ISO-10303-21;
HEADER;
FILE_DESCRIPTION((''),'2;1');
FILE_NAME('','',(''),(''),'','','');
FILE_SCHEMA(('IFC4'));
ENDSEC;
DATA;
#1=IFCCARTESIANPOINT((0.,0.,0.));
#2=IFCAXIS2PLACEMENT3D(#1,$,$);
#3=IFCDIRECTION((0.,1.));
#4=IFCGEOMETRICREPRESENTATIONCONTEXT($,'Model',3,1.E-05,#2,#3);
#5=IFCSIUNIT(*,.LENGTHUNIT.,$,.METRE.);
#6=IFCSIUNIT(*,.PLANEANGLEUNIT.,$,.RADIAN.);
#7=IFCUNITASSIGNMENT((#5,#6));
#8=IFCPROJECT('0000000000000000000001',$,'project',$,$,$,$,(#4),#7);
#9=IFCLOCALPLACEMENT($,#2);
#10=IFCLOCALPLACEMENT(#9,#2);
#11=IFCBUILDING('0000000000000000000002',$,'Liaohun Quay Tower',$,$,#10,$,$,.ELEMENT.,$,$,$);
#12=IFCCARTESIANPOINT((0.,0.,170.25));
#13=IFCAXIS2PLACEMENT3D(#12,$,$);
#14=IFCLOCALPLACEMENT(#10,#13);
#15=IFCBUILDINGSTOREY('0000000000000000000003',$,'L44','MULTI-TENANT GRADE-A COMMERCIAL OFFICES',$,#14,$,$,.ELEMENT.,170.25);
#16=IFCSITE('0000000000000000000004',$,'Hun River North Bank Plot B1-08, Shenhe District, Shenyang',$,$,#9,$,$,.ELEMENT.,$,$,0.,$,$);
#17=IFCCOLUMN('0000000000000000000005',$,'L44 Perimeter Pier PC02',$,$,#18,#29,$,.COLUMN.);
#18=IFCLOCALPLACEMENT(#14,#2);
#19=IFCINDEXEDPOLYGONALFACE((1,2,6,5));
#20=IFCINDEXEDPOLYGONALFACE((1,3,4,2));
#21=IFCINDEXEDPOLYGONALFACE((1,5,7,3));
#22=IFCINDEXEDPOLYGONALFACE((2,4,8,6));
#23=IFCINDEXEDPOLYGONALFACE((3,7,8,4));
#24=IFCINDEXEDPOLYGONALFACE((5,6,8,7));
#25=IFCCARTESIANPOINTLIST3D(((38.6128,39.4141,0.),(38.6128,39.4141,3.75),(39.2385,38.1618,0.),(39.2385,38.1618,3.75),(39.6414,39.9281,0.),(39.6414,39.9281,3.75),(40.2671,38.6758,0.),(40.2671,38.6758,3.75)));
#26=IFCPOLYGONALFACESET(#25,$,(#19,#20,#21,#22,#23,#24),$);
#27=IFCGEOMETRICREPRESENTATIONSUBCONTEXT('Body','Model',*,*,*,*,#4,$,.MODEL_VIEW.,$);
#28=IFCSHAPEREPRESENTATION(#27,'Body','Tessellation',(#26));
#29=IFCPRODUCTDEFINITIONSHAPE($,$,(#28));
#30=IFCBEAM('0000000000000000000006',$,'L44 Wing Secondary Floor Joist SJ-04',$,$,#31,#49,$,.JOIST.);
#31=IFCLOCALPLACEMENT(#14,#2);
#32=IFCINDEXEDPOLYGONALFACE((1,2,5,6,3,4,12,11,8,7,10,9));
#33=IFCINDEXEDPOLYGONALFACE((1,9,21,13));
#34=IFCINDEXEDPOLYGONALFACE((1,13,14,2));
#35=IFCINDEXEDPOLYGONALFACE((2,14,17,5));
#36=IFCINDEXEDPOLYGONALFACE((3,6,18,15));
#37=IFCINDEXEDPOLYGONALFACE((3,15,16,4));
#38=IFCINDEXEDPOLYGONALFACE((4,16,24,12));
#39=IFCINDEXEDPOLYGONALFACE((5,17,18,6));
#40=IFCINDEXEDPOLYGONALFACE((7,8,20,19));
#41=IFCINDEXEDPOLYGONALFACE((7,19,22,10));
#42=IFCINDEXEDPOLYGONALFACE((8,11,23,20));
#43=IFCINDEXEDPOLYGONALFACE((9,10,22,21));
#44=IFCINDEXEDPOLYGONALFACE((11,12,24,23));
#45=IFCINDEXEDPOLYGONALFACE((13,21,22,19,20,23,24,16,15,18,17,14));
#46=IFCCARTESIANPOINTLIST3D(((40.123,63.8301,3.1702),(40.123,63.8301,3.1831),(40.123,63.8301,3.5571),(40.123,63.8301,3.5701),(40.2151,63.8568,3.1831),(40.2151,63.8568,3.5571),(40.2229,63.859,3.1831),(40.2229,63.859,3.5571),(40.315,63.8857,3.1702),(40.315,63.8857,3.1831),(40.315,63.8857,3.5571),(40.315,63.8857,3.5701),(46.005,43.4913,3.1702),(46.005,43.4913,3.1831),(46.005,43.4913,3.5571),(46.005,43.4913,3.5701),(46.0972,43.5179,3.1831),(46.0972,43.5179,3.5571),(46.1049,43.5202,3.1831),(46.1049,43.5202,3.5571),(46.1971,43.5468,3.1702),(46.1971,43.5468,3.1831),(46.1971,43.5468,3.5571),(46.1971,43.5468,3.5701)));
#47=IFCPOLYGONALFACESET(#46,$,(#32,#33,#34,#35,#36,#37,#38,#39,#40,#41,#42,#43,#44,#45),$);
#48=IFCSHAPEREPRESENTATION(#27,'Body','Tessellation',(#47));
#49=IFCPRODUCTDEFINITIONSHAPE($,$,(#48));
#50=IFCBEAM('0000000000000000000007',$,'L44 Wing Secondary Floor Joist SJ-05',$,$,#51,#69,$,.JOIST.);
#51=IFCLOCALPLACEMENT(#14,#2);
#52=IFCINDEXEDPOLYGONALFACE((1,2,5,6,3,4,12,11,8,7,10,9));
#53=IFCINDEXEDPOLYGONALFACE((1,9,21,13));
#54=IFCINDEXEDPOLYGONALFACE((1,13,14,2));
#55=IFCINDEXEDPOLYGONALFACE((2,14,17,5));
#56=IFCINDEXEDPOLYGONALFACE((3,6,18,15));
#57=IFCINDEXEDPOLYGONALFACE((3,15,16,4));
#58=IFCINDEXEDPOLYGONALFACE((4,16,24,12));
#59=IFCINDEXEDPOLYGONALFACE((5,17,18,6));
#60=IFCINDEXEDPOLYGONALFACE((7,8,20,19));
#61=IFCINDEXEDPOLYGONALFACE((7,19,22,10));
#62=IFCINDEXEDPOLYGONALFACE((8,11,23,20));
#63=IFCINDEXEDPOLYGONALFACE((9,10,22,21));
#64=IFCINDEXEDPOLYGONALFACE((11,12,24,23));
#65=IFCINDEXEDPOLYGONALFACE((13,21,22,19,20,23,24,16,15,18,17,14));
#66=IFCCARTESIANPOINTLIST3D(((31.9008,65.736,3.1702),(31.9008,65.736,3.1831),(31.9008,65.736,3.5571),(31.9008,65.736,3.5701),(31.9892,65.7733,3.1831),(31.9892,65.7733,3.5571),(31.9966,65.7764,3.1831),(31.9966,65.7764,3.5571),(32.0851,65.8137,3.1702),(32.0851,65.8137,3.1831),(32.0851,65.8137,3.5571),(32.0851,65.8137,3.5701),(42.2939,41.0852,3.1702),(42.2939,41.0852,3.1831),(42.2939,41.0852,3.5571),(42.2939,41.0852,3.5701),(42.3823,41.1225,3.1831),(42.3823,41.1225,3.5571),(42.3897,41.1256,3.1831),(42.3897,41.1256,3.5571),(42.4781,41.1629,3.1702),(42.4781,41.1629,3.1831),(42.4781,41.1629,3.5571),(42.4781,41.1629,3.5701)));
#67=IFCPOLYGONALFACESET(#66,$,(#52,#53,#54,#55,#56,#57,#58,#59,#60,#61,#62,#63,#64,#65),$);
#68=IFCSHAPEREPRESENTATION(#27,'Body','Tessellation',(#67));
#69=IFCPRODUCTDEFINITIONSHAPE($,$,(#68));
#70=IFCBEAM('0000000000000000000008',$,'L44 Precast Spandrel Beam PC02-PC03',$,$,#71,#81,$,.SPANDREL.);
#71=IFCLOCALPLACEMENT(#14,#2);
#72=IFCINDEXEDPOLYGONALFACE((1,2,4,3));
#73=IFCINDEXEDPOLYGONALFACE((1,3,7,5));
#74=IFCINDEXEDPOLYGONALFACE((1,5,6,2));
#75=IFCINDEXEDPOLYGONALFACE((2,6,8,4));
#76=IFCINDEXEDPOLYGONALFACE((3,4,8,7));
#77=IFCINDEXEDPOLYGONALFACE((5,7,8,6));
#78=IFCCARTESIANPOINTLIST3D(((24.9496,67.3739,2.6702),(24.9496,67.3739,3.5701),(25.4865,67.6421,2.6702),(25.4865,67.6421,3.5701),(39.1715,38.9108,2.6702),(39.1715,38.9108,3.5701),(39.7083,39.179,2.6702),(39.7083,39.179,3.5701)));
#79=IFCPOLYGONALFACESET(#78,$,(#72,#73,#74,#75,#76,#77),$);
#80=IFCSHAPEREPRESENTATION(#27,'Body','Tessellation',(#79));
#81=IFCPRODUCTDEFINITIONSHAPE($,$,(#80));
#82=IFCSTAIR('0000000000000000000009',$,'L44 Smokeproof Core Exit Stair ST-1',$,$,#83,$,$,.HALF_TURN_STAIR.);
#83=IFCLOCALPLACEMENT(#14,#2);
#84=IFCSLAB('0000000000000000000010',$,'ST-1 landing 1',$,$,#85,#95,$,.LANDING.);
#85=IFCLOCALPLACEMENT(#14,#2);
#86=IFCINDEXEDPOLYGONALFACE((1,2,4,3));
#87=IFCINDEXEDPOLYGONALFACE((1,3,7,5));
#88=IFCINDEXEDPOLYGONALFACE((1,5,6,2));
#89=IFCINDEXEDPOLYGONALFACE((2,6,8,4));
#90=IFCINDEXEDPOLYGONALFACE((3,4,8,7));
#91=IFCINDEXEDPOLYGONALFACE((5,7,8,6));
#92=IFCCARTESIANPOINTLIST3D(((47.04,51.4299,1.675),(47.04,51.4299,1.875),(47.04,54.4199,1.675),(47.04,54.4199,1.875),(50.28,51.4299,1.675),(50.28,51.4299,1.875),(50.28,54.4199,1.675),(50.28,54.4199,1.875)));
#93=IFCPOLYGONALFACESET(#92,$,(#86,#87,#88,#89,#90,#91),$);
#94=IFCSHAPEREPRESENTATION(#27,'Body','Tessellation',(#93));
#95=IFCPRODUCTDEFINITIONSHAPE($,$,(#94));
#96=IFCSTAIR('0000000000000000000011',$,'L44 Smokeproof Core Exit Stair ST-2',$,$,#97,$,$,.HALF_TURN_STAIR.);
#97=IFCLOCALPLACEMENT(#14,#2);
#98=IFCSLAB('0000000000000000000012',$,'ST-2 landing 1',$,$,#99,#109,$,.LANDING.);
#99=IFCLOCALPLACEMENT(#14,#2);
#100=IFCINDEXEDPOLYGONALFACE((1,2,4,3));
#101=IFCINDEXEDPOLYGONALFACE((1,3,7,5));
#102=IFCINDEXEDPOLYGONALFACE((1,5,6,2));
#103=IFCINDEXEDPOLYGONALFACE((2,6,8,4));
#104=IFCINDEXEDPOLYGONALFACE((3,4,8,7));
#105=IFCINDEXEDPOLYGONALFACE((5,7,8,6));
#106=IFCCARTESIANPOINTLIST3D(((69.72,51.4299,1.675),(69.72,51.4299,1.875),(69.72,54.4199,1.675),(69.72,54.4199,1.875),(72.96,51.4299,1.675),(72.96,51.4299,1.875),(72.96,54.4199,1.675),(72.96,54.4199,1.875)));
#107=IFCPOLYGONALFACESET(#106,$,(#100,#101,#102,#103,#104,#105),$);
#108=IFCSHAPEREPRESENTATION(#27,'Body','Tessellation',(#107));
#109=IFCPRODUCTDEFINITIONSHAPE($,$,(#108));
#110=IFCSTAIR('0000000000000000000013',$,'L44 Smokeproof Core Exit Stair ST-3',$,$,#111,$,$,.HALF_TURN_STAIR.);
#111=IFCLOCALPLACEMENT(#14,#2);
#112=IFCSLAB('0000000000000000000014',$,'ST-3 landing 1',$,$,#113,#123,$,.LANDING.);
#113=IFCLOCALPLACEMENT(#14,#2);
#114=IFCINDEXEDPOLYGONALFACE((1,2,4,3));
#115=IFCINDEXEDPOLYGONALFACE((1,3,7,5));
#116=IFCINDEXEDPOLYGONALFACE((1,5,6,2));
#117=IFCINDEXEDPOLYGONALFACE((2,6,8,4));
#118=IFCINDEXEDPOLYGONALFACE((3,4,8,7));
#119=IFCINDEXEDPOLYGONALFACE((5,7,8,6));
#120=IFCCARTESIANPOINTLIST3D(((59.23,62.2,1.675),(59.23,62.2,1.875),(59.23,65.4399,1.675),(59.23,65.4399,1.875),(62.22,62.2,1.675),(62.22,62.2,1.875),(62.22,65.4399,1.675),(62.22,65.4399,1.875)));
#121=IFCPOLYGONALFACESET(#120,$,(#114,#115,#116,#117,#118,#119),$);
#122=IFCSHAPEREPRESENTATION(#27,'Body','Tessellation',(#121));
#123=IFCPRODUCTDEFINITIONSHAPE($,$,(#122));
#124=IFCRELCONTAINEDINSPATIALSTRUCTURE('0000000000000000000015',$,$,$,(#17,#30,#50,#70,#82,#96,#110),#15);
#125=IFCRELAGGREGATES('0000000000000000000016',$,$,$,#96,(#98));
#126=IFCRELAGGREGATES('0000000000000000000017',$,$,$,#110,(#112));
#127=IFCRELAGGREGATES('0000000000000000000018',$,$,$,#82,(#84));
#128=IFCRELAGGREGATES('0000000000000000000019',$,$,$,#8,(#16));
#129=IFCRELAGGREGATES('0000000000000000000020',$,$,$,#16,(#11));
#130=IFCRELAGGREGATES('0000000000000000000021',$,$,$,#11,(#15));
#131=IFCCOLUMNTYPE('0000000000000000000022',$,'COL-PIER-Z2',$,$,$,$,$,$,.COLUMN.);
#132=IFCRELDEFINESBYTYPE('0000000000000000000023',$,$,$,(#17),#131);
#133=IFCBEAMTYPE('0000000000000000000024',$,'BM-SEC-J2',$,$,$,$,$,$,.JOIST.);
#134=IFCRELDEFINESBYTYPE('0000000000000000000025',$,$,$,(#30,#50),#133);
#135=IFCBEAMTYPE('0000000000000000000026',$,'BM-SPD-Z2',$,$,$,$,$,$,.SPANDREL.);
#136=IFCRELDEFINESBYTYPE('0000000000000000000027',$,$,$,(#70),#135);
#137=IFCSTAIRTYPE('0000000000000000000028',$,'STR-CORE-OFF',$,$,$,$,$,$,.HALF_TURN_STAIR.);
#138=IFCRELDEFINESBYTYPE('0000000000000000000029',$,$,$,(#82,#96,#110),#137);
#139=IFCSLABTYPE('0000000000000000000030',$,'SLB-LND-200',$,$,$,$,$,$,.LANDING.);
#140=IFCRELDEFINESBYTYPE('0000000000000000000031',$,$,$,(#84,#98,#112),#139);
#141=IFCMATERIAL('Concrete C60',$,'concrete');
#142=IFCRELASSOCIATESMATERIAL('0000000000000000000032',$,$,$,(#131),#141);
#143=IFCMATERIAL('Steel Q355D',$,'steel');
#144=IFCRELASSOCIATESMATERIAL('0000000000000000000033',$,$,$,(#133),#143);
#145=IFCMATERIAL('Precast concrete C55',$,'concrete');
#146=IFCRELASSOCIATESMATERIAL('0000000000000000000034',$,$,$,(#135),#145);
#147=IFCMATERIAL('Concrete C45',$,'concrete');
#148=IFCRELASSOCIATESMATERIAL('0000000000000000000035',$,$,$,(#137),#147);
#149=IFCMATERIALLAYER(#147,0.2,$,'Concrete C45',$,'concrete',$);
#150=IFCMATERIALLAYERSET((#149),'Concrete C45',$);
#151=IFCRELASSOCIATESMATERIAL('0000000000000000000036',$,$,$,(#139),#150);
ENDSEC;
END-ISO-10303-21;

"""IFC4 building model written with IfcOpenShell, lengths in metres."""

from ifc_helpers import new_model, si_unit, direction, frame, origin, origin_2d, place, context, subcontext, project, spatial, polyline, rectangle, i_section, outline, extrude, source, transform, mapped, material, layer, layer_set, material_profile, profile_set, type_object, element, aggregate, save


model = new_model("IFC4")

# Units and contexts
model_context = context("Model", 3, precision=1e-05, world=origin(), true_north=direction((0.0, 1.0)))
body_context = subcontext(model_context, "Body", "Model", "MODEL_VIEW")
ifc_project = project(units=[si_unit("LENGTHUNIT", "METRE"), si_unit("PLANEANGLEUNIT", "RADIAN")], contexts=[model_context])

# Site, building, storey
site_placement = place(None, origin())
site = spatial("IfcSite", under=ifc_project, at=site_placement, Name="Hun River North Bank Plot B1-08, Shenhe District, Shenyang", CompositionType="ELEMENT", RefElevation=0.0)
building_placement = place(site_placement, origin())
building = spatial("IfcBuilding", under=site, at=building_placement, Name="Liaohun Quay Tower", CompositionType="ELEMENT")
storey_placement = place(building_placement, frame((0.0, 0.0, 170.25)))
storey = spatial("IfcBuildingStorey", under=building, at=storey_placement, Name="L44", Description="MULTI-TENANT GRADE-A COMMERCIAL OFFICES", CompositionType="ELEMENT", Elevation=170.25)

# Column
ifc_material_1 = material(Name="Concrete C60", Category="concrete")
ifc_material_profile_1 = material_profile(ifc_material_1, rectangle(XDim=1.3999, YDim=1.1499, at=origin_2d()), Name="RC1400x1150")
ifc_profile_set_1 = profile_set([ifc_material_profile_1], Name="Concrete C60")
column_type = type_object("IfcColumnType", Name="COL-PIER-Z2", PredefinedType="COLUMN", material=ifc_profile_set_1)
shared_shape_1 = source(origin(), body_context, "Body", "SweptSolid", [
    extrude(rectangle(XDim=1.3999, YDim=1.1499, at=origin_2d()), origin(), (0.0, 0.0, 1.0), 3.75),
])
column_placement = place(storey_placement, frame((39.4399, 39.0449, 0.0), z_axis=(0.0, 0.0, 1.0), x_axis=(-0.446979, 0.894545, 0.0)))
element("IfcColumn", 1, at=column_placement, inside=storey, type_object=column_type, Name="L44 Perimeter Pier PC02", PredefinedType="COLUMN", context=body_context, shape_type="MappedRepresentation", body=[
    mapped(shared_shape_1, transform((0.0, 0.0, 0.0), x_axis=(1.0, 0.0, 0.0), y_axis=(0.0, 1.0, 0.0), z_axis=(0.0, 0.0, 1.0), scale=1.0)),
])

# Beams
ifc_material_2 = material(Name="Steel Q355D", Category="steel")
ifc_material_profile_2 = material_profile(ifc_material_2, i_section(OverallWidth=0.2, OverallDepth=0.3999, WebThickness=0.0081, FlangeThickness=0.0129, at=origin_2d()), Name="HN400x200x8x13")
ifc_profile_set_2 = profile_set([ifc_material_profile_2], Name="Steel Q355D")
beam_type_1 = type_object("IfcBeamType", Name="BM-SEC-J2", PredefinedType="JOIST", material=ifc_profile_set_2)
shared_shape_2 = source(origin(), body_context, "Body", "SweptSolid", [
    extrude(i_section(OverallWidth=0.2, OverallDepth=0.3999, WebThickness=0.0081, FlangeThickness=0.0129, at=origin_2d()), origin(), (0.0, 0.0, 1.0), 21.1724),
])
beam_1_placement = place(storey_placement, frame((46.1011, 43.519, 3.3701), z_axis=(-0.277819, 0.960633, 0.0), x_axis=(-0.960633, -0.277819, 0.0)))
element("IfcBeam", 2, at=beam_1_placement, inside=storey, type_object=beam_type_1, Name="L44 Wing Secondary Floor Joist SJ-04", PredefinedType="JOIST", context=body_context, shape_type="MappedRepresentation", body=[
    mapped(shared_shape_2, transform((0.0, 0.0, 0.0), x_axis=(1.0, 0.0, 0.0), y_axis=(0.0, 1.0, 0.0), z_axis=(0.0, 0.0, 1.0), scale=1.0)),
])
shared_shape_3 = source(origin(), body_context, "Body", "SweptSolid", [
    extrude(i_section(OverallWidth=0.2, OverallDepth=0.3999, WebThickness=0.0081, FlangeThickness=0.0129, at=origin_2d()), origin(), (0.0, 0.0, 1.0), 26.7522),
])
beam_2_placement = place(storey_placement, frame((42.386, 41.124, 3.3701), z_axis=(-0.388494, 0.921451, 0.0), x_axis=(-0.921451, -0.388494, 0.0)))
element("IfcBeam", 3, at=beam_2_placement, inside=storey, type_object=beam_type_1, Name="L44 Wing Secondary Floor Joist SJ-05", PredefinedType="JOIST", context=body_context, shape_type="MappedRepresentation", body=[
    mapped(shared_shape_3, transform((0.0, 0.0, 0.0), x_axis=(1.0, 0.0, 0.0), y_axis=(0.0, 1.0, 0.0), z_axis=(0.0, 0.0, 1.0), scale=1.0)),
])
ifc_material_3 = material(Name="Precast concrete C55", Category="concrete")
ifc_material_profile_3 = material_profile(ifc_material_3, rectangle(XDim=0.6001, YDim=0.8999, at=origin_2d()), Name="RC600x900")
ifc_profile_set_3 = profile_set([ifc_material_profile_3], Name="Precast concrete C55")
beam_type_2 = type_object("IfcBeamType", Name="BM-SPD-Z2", PredefinedType="SPANDREL", material=ifc_profile_set_3)
shared_shape_4 = source(origin(), body_context, "Body", "SweptSolid", [
    extrude(rectangle(XDim=0.6001, YDim=0.8999, at=origin_2d()), origin(), (0.0, 0.0, 1.0), 31.8184),
])
beam_3_placement = place(storey_placement, frame((39.4399, 39.0449, 3.1201), z_axis=(-0.446971, 0.894548, 0.0), x_axis=(-0.894548, -0.446971, 0.0)))
element("IfcBeam", 4, at=beam_3_placement, inside=storey, type_object=beam_type_2, Name="L44 Precast Spandrel Beam PC02-PC03", PredefinedType="SPANDREL", context=body_context, shape_type="MappedRepresentation", body=[
    mapped(shared_shape_4, transform((0.0, 0.0, 0.0), x_axis=(1.0, 0.0, 0.0), y_axis=(0.0, 1.0, 0.0), z_axis=(0.0, 0.0, 1.0), scale=1.0)),
])

# Stairs, slabs
ifc_material_4 = material(Name="Concrete C45", Category="concrete")
stair_type = type_object("IfcStairType", Name="STR-CORE-OFF", PredefinedType="HALF_TURN_STAIR", material=ifc_material_4)
stair_1_placement = place(storey_placement, origin())
stair_1 = element("IfcStair", 5, at=stair_1_placement, inside=storey, type_object=stair_type, Name="L44 Smokeproof Core Exit Stair ST-1", PredefinedType="HALF_TURN_STAIR")
ifc_layer_1 = layer(ifc_material_4, 0.2, Name="Concrete C45", Category="concrete")
ifc_layer_set_1 = layer_set([ifc_layer_1], Name="Concrete C45")
slab_type_1 = type_object("IfcSlabType", Name="SLB-LND-200", PredefinedType="LANDING", material=ifc_layer_set_1)
slab_1_placement = place(storey_placement, frame((0.0, 0.0, 1.675)))
slab_1 = element("IfcSlab", 6, at=slab_1_placement, type_object=slab_type_1, Name="ST-1 landing 1", PredefinedType="LANDING", context=body_context, shape_type="SweptSolid", body=[
    extrude(outline(polyline([(50.28, 51.4299), (50.28, 54.4199), (47.04, 54.4199), (47.04, 51.4299), (50.28, 51.4299)])), origin(), (0.0, 0.0, 1.0), 0.2),
])
stair_2_placement = place(storey_placement, origin())
stair_2 = element("IfcStair", 7, at=stair_2_placement, inside=storey, type_object=stair_type, Name="L44 Smokeproof Core Exit Stair ST-2", PredefinedType="HALF_TURN_STAIR")
slab_2_placement = place(storey_placement, frame((0.0, 0.0, 1.675)))
slab_2 = element("IfcSlab", 8, at=slab_2_placement, type_object=slab_type_1, Name="ST-2 landing 1", PredefinedType="LANDING", context=body_context, shape_type="SweptSolid", body=[
    extrude(outline(polyline([(72.96, 51.4299), (72.96, 54.4199), (69.72, 54.4199), (69.72, 51.4299), (72.96, 51.4299)])), origin(), (0.0, 0.0, 1.0), 0.2),
])
aggregate(stair_2, [slab_2])
stair_3_placement = place(storey_placement, origin())
stair_3 = element("IfcStair", 9, at=stair_3_placement, inside=storey, type_object=stair_type, Name="L44 Smokeproof Core Exit Stair ST-3", PredefinedType="HALF_TURN_STAIR")
slab_3_placement = place(storey_placement, frame((0.0, 0.0, 1.675)))
slab_3 = element("IfcSlab", 10, at=slab_3_placement, type_object=slab_type_1, Name="ST-3 landing 1", PredefinedType="LANDING", context=body_context, shape_type="SweptSolid", body=[
    extrude(outline(polyline([(59.23, 62.2), (62.22, 62.2), (62.22, 65.4399), (59.23, 65.4399), (59.23, 62.2)])), origin(), (0.0, 0.0, 1.0), 0.2),
])
aggregate(stair_3, [slab_3])

aggregate(stair_1, [slab_1])

save(model, "model.ifc")
